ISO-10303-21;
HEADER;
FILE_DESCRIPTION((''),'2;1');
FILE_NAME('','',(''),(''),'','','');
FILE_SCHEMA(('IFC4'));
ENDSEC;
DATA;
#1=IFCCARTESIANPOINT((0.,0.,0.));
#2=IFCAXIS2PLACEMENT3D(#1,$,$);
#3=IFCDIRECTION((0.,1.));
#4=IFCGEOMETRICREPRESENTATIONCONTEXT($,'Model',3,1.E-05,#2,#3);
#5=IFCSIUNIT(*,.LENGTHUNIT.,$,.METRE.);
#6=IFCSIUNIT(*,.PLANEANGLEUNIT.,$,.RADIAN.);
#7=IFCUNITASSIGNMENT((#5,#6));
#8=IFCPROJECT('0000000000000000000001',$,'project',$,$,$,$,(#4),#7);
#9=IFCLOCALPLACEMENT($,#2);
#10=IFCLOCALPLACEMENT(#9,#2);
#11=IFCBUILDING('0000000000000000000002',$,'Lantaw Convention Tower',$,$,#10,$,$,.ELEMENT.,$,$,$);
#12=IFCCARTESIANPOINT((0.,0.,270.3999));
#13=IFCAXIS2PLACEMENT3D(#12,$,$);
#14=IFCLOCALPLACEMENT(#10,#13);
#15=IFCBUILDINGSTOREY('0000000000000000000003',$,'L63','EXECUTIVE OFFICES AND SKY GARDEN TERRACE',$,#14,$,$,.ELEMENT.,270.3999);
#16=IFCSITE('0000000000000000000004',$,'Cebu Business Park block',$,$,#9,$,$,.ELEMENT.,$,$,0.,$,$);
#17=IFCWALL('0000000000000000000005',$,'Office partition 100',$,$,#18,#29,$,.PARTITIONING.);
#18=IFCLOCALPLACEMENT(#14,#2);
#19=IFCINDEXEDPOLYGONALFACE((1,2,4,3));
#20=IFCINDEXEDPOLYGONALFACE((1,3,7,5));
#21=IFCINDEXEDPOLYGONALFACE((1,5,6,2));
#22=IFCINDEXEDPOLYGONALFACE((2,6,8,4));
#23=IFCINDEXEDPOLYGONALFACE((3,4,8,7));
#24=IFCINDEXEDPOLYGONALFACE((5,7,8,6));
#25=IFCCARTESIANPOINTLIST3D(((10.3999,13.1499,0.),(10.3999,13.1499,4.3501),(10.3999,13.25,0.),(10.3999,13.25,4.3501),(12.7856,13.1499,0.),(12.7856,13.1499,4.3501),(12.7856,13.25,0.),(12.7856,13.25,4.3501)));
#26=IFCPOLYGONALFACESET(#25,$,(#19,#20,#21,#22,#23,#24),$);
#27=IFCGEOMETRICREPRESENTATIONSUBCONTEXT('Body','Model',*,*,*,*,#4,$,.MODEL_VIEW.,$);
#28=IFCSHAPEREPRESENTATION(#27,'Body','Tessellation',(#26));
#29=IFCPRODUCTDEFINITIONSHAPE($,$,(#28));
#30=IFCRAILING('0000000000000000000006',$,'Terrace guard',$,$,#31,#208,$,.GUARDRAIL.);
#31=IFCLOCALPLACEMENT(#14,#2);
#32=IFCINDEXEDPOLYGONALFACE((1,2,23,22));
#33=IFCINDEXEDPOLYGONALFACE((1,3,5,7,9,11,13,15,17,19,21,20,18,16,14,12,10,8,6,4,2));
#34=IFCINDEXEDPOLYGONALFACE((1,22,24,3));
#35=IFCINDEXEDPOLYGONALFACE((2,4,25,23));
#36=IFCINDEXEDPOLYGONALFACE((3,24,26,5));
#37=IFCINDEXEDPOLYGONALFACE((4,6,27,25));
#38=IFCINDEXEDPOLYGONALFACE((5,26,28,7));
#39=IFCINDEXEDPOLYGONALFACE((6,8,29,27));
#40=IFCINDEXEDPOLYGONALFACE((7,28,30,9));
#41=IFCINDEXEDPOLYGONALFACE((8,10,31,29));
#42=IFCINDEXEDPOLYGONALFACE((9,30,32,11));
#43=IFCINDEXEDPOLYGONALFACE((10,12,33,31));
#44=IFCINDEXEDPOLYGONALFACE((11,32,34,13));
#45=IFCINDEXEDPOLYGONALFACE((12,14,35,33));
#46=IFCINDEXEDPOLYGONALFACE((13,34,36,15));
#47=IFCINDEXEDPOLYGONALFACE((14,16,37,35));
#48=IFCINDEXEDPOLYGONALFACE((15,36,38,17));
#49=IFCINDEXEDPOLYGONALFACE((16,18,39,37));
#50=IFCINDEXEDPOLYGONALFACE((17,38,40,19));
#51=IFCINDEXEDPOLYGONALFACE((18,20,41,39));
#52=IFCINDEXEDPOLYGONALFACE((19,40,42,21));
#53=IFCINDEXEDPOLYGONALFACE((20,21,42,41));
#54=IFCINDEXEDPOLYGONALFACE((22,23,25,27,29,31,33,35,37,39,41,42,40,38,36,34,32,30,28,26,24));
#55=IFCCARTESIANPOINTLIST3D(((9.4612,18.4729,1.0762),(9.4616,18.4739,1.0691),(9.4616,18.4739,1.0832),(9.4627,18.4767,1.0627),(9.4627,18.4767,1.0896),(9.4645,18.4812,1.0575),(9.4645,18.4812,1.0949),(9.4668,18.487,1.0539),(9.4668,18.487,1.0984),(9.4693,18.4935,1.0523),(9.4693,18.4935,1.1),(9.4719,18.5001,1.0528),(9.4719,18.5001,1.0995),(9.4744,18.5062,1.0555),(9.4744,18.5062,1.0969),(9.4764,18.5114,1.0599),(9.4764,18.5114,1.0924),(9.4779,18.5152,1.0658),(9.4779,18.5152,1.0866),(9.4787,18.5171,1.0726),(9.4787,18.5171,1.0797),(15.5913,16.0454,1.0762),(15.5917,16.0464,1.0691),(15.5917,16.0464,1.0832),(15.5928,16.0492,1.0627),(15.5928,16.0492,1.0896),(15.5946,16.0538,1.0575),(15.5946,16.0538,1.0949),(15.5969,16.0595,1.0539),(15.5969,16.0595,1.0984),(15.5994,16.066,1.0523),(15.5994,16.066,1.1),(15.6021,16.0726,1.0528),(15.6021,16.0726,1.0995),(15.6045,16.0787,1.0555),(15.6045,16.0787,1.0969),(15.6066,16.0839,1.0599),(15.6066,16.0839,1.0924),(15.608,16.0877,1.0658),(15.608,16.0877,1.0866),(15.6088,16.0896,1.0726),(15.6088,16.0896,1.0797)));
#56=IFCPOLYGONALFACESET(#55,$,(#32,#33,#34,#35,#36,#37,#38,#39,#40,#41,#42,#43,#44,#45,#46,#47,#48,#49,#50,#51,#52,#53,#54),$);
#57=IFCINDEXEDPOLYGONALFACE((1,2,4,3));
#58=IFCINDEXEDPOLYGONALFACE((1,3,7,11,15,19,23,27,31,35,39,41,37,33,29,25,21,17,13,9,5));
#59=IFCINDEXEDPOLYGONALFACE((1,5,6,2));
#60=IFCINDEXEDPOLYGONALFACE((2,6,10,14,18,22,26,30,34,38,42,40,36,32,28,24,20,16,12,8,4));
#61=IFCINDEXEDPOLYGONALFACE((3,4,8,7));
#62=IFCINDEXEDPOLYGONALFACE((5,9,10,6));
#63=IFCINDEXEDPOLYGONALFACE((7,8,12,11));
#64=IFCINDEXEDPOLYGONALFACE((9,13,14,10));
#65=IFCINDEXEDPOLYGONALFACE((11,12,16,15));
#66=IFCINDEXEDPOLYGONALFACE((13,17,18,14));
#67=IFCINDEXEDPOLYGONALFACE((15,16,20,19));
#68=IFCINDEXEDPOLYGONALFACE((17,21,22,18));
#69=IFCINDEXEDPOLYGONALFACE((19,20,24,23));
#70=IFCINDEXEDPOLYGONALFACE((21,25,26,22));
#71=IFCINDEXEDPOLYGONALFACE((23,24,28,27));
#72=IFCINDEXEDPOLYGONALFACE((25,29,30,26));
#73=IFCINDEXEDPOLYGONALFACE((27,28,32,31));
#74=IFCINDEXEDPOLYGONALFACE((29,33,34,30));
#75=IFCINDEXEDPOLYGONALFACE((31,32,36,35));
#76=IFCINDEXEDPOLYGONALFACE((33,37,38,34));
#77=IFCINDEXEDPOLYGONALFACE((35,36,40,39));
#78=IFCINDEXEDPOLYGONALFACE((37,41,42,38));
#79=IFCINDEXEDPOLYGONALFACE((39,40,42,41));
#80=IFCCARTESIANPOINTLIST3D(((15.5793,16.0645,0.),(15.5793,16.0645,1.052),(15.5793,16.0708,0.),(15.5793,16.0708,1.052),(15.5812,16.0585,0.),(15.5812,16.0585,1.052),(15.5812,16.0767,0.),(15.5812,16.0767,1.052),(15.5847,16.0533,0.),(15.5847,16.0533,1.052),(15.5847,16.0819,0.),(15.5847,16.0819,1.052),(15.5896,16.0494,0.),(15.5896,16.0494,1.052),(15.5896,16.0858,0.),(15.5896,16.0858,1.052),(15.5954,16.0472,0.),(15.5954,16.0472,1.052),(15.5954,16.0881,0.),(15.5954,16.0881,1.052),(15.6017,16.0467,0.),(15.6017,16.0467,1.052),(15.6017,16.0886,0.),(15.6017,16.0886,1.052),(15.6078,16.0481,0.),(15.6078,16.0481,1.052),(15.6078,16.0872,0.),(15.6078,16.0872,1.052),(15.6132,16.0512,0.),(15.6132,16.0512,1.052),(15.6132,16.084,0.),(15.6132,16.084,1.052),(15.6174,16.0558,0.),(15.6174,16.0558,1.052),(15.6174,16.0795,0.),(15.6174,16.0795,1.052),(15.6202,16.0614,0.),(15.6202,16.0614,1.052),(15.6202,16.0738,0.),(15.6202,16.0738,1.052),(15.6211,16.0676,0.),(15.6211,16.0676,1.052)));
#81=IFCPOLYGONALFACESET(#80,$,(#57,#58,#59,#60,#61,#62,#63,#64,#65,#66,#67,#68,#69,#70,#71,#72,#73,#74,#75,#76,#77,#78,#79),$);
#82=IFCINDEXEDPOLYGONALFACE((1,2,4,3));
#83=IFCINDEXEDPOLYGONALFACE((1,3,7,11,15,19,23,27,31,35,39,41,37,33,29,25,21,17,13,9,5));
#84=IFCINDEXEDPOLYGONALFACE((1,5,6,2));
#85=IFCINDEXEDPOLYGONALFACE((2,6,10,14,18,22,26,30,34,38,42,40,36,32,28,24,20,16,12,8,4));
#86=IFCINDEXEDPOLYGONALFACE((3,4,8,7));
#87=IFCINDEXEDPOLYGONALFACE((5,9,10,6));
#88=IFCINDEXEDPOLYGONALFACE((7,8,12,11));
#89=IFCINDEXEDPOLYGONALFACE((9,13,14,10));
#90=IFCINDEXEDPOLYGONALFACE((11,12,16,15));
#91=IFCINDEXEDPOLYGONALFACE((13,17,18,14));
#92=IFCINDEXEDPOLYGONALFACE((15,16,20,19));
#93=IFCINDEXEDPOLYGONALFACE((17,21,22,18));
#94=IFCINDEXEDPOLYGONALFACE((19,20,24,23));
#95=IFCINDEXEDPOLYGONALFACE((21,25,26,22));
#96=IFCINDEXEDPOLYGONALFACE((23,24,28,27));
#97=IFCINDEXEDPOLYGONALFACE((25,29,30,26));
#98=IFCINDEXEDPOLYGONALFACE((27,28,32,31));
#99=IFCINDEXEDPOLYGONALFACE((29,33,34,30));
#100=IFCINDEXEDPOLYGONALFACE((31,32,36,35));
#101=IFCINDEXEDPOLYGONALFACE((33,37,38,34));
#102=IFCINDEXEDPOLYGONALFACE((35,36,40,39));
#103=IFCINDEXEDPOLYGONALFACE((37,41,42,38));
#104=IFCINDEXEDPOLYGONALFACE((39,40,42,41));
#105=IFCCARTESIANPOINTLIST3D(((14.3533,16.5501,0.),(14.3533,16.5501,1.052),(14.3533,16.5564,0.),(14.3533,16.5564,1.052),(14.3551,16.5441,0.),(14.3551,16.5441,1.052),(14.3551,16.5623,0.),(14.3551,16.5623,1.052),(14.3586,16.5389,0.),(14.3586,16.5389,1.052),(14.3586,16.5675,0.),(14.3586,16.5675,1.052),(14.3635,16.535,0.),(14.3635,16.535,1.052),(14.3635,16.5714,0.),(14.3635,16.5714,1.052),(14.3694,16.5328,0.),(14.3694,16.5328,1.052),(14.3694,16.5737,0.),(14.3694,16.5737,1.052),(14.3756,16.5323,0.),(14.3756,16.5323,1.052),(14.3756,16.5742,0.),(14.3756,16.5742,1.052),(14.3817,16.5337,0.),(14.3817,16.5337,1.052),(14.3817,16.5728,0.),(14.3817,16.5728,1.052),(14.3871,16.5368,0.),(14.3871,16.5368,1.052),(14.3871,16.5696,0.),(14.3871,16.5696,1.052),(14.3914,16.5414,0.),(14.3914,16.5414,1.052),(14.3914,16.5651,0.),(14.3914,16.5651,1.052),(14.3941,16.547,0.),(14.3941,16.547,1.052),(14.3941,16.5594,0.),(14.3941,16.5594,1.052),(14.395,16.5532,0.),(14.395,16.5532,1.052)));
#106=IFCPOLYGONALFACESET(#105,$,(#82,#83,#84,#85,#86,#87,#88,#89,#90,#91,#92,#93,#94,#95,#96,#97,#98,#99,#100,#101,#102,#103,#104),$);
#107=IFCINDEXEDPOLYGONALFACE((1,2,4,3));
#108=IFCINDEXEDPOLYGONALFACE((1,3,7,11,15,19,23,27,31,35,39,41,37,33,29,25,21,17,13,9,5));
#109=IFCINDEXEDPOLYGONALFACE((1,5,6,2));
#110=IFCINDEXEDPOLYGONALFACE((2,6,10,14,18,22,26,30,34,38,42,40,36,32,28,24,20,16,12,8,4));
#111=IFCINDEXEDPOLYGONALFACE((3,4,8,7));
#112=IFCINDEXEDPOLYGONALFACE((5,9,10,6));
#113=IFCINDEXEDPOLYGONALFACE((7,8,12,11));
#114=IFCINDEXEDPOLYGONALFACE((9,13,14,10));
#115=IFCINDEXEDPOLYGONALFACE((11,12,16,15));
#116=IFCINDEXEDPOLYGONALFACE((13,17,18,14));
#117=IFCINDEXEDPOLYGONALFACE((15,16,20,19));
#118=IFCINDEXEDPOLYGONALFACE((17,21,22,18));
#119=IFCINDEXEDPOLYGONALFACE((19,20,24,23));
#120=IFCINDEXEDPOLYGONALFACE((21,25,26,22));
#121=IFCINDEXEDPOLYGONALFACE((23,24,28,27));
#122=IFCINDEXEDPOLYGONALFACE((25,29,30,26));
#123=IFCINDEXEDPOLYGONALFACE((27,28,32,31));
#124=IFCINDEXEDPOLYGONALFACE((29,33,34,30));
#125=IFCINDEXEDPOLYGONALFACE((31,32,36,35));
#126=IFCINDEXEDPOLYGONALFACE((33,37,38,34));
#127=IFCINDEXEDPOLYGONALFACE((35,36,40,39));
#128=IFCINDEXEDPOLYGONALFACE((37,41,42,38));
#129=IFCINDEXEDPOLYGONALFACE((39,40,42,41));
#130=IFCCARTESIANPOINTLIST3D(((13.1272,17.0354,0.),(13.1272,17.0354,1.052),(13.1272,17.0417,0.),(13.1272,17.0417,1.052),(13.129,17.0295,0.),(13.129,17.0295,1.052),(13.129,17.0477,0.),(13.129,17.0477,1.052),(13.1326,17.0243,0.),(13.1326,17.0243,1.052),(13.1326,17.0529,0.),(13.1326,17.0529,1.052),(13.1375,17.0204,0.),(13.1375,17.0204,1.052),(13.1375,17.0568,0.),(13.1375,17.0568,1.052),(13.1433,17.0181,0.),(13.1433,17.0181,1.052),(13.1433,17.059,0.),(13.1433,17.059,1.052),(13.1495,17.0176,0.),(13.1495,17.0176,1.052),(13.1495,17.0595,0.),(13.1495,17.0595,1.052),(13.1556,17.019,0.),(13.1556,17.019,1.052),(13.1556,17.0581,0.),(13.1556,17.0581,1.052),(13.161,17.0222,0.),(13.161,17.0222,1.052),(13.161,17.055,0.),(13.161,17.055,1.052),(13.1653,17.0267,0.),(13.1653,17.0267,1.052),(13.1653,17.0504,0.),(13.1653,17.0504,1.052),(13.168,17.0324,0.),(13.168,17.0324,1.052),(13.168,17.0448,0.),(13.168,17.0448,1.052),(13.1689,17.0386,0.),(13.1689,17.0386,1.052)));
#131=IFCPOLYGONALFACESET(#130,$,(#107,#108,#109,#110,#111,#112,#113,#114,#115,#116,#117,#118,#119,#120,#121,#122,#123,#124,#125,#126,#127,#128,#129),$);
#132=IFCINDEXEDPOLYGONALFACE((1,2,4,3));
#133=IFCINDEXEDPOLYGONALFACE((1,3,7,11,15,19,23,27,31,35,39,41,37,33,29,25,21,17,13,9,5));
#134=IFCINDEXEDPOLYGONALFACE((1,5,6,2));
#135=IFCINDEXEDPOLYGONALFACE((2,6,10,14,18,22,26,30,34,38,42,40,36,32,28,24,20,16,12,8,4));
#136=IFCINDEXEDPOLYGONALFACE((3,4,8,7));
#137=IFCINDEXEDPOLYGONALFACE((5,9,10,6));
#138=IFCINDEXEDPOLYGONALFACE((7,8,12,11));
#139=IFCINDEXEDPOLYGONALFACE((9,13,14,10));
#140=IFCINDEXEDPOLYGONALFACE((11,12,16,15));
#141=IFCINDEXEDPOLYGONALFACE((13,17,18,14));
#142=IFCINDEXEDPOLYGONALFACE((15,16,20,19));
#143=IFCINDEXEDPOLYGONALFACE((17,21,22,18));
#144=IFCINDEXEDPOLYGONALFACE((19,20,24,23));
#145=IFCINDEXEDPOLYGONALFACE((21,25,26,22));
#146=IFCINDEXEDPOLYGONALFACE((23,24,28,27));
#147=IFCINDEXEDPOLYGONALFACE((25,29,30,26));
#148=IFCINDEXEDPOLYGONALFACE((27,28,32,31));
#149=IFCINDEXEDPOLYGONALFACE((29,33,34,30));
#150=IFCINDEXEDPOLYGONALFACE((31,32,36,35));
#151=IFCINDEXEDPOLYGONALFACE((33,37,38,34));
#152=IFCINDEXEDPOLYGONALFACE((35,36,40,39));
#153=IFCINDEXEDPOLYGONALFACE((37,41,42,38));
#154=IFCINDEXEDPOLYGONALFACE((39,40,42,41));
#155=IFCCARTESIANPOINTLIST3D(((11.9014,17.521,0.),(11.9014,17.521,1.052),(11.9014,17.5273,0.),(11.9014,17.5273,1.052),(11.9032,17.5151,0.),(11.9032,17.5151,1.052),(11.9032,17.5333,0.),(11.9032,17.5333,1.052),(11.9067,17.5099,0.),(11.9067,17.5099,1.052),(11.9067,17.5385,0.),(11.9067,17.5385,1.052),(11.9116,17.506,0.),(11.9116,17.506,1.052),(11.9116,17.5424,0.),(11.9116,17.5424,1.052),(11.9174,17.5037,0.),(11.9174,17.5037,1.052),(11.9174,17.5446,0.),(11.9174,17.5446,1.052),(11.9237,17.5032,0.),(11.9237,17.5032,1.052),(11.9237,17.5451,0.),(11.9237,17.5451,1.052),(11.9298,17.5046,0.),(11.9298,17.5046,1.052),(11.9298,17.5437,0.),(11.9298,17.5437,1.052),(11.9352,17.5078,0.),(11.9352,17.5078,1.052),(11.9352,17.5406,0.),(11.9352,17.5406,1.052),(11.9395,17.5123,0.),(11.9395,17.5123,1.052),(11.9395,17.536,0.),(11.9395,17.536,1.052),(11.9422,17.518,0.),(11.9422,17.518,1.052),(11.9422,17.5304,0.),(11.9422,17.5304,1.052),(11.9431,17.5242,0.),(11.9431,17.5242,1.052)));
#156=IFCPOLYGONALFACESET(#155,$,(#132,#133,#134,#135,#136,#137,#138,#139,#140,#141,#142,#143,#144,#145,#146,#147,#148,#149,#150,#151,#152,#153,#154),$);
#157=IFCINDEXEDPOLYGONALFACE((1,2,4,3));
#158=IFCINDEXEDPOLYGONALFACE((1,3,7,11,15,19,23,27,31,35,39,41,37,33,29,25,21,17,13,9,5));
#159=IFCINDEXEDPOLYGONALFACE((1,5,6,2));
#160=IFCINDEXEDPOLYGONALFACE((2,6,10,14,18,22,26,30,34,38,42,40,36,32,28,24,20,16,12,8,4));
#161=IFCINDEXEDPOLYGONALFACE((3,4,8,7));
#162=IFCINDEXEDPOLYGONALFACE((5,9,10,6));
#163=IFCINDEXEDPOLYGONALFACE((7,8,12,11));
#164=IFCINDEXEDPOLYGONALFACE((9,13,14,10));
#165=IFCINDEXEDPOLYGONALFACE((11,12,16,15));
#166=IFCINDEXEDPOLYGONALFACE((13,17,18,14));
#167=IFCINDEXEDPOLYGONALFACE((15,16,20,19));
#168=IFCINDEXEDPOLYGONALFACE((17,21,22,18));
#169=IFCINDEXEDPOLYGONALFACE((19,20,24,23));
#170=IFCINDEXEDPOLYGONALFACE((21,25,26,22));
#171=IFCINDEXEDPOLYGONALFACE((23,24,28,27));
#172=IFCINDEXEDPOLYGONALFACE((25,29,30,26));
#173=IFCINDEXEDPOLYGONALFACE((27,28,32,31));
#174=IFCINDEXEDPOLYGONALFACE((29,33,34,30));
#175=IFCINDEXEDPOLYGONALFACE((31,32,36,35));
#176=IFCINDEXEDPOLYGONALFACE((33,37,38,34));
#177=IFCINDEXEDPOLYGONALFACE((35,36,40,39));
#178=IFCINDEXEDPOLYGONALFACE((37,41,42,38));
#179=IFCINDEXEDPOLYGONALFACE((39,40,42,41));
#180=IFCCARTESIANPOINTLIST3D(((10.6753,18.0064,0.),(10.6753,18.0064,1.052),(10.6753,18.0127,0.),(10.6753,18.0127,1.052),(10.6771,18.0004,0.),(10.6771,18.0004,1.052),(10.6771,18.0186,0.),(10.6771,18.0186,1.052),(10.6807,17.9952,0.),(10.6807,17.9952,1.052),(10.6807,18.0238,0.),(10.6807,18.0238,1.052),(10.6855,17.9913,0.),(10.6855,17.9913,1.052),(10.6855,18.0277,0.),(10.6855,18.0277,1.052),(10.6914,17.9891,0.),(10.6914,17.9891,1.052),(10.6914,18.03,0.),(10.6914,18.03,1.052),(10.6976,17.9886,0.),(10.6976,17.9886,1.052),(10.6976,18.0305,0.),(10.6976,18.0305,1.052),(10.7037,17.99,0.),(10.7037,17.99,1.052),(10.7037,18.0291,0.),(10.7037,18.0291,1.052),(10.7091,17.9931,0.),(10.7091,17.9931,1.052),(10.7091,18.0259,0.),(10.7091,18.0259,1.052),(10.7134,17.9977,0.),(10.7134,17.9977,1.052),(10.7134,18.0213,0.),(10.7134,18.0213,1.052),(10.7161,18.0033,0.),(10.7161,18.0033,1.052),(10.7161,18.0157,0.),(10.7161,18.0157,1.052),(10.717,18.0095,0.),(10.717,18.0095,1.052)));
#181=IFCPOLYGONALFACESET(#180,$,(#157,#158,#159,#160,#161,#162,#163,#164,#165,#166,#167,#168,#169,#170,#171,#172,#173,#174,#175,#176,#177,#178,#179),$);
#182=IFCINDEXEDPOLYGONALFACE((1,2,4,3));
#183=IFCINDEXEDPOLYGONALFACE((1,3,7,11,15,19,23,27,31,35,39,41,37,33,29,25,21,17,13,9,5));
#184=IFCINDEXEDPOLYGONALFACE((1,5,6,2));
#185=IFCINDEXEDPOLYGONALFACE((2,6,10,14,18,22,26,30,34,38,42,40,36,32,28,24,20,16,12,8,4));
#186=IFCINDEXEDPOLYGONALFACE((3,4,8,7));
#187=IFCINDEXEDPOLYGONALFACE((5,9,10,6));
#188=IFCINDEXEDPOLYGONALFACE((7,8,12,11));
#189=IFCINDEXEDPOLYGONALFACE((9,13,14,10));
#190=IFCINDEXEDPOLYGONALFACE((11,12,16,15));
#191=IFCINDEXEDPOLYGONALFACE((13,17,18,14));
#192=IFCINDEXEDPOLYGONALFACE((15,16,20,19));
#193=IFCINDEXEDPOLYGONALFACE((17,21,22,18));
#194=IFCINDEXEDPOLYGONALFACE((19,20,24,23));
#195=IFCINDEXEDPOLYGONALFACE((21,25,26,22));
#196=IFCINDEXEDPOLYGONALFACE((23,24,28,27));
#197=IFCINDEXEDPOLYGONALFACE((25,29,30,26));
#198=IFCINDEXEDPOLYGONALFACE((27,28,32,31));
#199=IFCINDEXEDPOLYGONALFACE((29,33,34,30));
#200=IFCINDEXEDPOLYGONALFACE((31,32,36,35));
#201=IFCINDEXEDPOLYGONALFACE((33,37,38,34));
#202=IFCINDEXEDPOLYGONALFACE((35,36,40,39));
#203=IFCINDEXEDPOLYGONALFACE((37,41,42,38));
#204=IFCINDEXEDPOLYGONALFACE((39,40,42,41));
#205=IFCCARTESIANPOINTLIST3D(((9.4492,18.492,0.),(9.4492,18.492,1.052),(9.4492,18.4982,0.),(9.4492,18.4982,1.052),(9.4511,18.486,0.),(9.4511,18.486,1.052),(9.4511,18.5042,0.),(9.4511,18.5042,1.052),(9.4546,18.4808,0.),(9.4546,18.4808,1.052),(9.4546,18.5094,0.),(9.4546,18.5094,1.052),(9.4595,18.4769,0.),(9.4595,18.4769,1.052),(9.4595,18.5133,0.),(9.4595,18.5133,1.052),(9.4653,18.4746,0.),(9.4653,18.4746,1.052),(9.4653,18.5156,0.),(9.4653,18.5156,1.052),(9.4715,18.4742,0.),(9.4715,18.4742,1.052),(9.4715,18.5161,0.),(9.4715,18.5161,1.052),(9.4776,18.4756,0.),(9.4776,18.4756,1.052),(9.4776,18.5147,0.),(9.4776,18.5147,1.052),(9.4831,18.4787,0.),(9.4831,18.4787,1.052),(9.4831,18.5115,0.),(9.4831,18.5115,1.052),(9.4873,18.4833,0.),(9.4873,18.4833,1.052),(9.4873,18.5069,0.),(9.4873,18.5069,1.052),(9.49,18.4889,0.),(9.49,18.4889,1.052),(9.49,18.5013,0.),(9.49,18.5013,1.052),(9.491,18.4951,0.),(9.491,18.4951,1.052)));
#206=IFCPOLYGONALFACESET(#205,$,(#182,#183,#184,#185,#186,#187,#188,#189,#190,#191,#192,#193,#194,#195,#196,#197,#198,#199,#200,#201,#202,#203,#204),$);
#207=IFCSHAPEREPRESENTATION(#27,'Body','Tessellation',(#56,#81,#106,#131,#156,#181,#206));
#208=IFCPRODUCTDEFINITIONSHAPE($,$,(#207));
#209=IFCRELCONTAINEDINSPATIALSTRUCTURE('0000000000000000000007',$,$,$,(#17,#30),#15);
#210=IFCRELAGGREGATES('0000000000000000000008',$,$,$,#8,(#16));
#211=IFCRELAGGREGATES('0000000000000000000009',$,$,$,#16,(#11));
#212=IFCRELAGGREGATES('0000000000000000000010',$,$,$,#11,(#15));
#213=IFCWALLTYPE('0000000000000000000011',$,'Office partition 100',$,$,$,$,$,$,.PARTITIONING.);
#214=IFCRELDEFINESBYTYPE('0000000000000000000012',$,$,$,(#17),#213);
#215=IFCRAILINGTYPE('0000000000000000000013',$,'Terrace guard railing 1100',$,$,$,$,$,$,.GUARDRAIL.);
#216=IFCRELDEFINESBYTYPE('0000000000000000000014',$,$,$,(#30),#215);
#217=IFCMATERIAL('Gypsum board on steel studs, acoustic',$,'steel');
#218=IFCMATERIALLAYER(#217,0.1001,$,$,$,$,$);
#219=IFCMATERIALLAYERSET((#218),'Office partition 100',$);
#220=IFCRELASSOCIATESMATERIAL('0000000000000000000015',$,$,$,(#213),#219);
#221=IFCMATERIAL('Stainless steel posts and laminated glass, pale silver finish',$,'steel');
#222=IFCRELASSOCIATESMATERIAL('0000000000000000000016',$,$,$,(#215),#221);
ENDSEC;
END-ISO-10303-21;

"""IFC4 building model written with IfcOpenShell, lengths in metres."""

from ifc_helpers import new_model, si_unit, direction, frame, frame_2d, origin, origin_2d, place, context, subcontext, project, spatial, rectangle, circle, extrude, material, layer, layer_set, type_object, element, save


model = new_model("IFC4")

# Units and contexts
model_context = context("Model", 3, precision=1e-05, world=origin(), true_north=direction((0.0, 1.0)))
body_context = subcontext(model_context, "Body", "Model", "MODEL_VIEW")
ifc_project = project(units=[si_unit("LENGTHUNIT", "METRE"), si_unit("PLANEANGLEUNIT", "RADIAN")], contexts=[model_context])

# Site, building, storey
site_placement = place(None, origin())
site = spatial("IfcSite", under=ifc_project, at=site_placement, Name="Cebu Business Park block", CompositionType="ELEMENT", RefElevation=0.0)
building_placement = place(site_placement, origin())
building = spatial("IfcBuilding", under=site, at=building_placement, Name="Lantaw Convention Tower", CompositionType="ELEMENT")
storey_placement = place(building_placement, frame((0.0, 0.0, 270.3999)))
storey = spatial("IfcBuildingStorey", under=building, at=storey_placement, Name="L63", Description="EXECUTIVE OFFICES AND SKY GARDEN TERRACE", CompositionType="ELEMENT", Elevation=270.3999)

# Wall
ifc_material_1 = material(Name="Gypsum board on steel studs, acoustic", Category="steel")
ifc_layer_1 = layer(ifc_material_1, 0.1001)
ifc_layer_set_1 = layer_set([ifc_layer_1], Name="Office partition 100")
wall_type_1 = type_object("IfcWallType", Name="Office partition 100", PredefinedType="PARTITIONING", material=ifc_layer_set_1)
wall_1_placement = place(storey_placement, frame((12.7856, 13.2, 0.0), z_axis=(0.0, 0.0, 1.0), x_axis=(-1.0, 0.0, 0.0)))
element("IfcWall", 1, at=wall_1_placement, inside=storey, type_object=wall_type_1, Name="Office partition 100", PredefinedType="PARTITIONING", context=body_context, shape_type="SweptSolid", body=[
    extrude(rectangle(XDim=2.3857, YDim=0.1001, at=frame_2d((1.1929, 0.0))), origin(), (0.0, 0.0, 1.0), 4.3501),
])

# Railing
ifc_material_2 = material(Name="Stainless steel posts and laminated glass, pale silver finish", Category="steel")
railing_type = type_object("IfcRailingType", Name="Terrace guard railing 1100", PredefinedType="GUARDRAIL", material=ifc_material_2)
railing_1_placement = place(storey_placement, frame((15.6001, 16.0676, 0.0)))
element("IfcRailing", 2, at=railing_1_placement, inside=storey, type_object=railing_type, Name="Terrace guard", PredefinedType="GUARDRAIL", context=body_context, shape_type="SweptSolid", body=[
    extrude(circle(Radius=0.0239, at=origin_2d()), frame((0.0, 0.0, 1.0762), z_axis=(-0.929756, 0.368177, 0.0), x_axis=(-0.368177, -0.929756, 0.0)), (0.0, 0.0, 1.0), 6.5933),
    extrude(circle(Radius=0.021, at=origin_2d()), origin(), (0.0, 0.0, 1.0), 1.052),
    extrude(circle(Radius=0.021, at=origin_2d()), frame((-1.2261, 0.4856, 0.0)), (0.0, 0.0, 1.0), 1.052),
    extrude(circle(Radius=0.021, at=origin_2d()), frame((-2.4521, 0.9709, 0.0)), (0.0, 0.0, 1.0), 1.052),
    extrude(circle(Radius=0.021, at=origin_2d()), frame((-3.678, 1.4565, 0.0)), (0.0, 0.0, 1.0), 1.052),
    extrude(circle(Radius=0.021, at=origin_2d()), frame((-4.9041, 1.9419, 0.0)), (0.0, 0.0, 1.0), 1.052),
    extrude(circle(Radius=0.021, at=origin_2d()), frame((-6.1301, 2.4275, 0.0)), (0.0, 0.0, 1.0), 1.052),
])

save(model, "model.ifc")
